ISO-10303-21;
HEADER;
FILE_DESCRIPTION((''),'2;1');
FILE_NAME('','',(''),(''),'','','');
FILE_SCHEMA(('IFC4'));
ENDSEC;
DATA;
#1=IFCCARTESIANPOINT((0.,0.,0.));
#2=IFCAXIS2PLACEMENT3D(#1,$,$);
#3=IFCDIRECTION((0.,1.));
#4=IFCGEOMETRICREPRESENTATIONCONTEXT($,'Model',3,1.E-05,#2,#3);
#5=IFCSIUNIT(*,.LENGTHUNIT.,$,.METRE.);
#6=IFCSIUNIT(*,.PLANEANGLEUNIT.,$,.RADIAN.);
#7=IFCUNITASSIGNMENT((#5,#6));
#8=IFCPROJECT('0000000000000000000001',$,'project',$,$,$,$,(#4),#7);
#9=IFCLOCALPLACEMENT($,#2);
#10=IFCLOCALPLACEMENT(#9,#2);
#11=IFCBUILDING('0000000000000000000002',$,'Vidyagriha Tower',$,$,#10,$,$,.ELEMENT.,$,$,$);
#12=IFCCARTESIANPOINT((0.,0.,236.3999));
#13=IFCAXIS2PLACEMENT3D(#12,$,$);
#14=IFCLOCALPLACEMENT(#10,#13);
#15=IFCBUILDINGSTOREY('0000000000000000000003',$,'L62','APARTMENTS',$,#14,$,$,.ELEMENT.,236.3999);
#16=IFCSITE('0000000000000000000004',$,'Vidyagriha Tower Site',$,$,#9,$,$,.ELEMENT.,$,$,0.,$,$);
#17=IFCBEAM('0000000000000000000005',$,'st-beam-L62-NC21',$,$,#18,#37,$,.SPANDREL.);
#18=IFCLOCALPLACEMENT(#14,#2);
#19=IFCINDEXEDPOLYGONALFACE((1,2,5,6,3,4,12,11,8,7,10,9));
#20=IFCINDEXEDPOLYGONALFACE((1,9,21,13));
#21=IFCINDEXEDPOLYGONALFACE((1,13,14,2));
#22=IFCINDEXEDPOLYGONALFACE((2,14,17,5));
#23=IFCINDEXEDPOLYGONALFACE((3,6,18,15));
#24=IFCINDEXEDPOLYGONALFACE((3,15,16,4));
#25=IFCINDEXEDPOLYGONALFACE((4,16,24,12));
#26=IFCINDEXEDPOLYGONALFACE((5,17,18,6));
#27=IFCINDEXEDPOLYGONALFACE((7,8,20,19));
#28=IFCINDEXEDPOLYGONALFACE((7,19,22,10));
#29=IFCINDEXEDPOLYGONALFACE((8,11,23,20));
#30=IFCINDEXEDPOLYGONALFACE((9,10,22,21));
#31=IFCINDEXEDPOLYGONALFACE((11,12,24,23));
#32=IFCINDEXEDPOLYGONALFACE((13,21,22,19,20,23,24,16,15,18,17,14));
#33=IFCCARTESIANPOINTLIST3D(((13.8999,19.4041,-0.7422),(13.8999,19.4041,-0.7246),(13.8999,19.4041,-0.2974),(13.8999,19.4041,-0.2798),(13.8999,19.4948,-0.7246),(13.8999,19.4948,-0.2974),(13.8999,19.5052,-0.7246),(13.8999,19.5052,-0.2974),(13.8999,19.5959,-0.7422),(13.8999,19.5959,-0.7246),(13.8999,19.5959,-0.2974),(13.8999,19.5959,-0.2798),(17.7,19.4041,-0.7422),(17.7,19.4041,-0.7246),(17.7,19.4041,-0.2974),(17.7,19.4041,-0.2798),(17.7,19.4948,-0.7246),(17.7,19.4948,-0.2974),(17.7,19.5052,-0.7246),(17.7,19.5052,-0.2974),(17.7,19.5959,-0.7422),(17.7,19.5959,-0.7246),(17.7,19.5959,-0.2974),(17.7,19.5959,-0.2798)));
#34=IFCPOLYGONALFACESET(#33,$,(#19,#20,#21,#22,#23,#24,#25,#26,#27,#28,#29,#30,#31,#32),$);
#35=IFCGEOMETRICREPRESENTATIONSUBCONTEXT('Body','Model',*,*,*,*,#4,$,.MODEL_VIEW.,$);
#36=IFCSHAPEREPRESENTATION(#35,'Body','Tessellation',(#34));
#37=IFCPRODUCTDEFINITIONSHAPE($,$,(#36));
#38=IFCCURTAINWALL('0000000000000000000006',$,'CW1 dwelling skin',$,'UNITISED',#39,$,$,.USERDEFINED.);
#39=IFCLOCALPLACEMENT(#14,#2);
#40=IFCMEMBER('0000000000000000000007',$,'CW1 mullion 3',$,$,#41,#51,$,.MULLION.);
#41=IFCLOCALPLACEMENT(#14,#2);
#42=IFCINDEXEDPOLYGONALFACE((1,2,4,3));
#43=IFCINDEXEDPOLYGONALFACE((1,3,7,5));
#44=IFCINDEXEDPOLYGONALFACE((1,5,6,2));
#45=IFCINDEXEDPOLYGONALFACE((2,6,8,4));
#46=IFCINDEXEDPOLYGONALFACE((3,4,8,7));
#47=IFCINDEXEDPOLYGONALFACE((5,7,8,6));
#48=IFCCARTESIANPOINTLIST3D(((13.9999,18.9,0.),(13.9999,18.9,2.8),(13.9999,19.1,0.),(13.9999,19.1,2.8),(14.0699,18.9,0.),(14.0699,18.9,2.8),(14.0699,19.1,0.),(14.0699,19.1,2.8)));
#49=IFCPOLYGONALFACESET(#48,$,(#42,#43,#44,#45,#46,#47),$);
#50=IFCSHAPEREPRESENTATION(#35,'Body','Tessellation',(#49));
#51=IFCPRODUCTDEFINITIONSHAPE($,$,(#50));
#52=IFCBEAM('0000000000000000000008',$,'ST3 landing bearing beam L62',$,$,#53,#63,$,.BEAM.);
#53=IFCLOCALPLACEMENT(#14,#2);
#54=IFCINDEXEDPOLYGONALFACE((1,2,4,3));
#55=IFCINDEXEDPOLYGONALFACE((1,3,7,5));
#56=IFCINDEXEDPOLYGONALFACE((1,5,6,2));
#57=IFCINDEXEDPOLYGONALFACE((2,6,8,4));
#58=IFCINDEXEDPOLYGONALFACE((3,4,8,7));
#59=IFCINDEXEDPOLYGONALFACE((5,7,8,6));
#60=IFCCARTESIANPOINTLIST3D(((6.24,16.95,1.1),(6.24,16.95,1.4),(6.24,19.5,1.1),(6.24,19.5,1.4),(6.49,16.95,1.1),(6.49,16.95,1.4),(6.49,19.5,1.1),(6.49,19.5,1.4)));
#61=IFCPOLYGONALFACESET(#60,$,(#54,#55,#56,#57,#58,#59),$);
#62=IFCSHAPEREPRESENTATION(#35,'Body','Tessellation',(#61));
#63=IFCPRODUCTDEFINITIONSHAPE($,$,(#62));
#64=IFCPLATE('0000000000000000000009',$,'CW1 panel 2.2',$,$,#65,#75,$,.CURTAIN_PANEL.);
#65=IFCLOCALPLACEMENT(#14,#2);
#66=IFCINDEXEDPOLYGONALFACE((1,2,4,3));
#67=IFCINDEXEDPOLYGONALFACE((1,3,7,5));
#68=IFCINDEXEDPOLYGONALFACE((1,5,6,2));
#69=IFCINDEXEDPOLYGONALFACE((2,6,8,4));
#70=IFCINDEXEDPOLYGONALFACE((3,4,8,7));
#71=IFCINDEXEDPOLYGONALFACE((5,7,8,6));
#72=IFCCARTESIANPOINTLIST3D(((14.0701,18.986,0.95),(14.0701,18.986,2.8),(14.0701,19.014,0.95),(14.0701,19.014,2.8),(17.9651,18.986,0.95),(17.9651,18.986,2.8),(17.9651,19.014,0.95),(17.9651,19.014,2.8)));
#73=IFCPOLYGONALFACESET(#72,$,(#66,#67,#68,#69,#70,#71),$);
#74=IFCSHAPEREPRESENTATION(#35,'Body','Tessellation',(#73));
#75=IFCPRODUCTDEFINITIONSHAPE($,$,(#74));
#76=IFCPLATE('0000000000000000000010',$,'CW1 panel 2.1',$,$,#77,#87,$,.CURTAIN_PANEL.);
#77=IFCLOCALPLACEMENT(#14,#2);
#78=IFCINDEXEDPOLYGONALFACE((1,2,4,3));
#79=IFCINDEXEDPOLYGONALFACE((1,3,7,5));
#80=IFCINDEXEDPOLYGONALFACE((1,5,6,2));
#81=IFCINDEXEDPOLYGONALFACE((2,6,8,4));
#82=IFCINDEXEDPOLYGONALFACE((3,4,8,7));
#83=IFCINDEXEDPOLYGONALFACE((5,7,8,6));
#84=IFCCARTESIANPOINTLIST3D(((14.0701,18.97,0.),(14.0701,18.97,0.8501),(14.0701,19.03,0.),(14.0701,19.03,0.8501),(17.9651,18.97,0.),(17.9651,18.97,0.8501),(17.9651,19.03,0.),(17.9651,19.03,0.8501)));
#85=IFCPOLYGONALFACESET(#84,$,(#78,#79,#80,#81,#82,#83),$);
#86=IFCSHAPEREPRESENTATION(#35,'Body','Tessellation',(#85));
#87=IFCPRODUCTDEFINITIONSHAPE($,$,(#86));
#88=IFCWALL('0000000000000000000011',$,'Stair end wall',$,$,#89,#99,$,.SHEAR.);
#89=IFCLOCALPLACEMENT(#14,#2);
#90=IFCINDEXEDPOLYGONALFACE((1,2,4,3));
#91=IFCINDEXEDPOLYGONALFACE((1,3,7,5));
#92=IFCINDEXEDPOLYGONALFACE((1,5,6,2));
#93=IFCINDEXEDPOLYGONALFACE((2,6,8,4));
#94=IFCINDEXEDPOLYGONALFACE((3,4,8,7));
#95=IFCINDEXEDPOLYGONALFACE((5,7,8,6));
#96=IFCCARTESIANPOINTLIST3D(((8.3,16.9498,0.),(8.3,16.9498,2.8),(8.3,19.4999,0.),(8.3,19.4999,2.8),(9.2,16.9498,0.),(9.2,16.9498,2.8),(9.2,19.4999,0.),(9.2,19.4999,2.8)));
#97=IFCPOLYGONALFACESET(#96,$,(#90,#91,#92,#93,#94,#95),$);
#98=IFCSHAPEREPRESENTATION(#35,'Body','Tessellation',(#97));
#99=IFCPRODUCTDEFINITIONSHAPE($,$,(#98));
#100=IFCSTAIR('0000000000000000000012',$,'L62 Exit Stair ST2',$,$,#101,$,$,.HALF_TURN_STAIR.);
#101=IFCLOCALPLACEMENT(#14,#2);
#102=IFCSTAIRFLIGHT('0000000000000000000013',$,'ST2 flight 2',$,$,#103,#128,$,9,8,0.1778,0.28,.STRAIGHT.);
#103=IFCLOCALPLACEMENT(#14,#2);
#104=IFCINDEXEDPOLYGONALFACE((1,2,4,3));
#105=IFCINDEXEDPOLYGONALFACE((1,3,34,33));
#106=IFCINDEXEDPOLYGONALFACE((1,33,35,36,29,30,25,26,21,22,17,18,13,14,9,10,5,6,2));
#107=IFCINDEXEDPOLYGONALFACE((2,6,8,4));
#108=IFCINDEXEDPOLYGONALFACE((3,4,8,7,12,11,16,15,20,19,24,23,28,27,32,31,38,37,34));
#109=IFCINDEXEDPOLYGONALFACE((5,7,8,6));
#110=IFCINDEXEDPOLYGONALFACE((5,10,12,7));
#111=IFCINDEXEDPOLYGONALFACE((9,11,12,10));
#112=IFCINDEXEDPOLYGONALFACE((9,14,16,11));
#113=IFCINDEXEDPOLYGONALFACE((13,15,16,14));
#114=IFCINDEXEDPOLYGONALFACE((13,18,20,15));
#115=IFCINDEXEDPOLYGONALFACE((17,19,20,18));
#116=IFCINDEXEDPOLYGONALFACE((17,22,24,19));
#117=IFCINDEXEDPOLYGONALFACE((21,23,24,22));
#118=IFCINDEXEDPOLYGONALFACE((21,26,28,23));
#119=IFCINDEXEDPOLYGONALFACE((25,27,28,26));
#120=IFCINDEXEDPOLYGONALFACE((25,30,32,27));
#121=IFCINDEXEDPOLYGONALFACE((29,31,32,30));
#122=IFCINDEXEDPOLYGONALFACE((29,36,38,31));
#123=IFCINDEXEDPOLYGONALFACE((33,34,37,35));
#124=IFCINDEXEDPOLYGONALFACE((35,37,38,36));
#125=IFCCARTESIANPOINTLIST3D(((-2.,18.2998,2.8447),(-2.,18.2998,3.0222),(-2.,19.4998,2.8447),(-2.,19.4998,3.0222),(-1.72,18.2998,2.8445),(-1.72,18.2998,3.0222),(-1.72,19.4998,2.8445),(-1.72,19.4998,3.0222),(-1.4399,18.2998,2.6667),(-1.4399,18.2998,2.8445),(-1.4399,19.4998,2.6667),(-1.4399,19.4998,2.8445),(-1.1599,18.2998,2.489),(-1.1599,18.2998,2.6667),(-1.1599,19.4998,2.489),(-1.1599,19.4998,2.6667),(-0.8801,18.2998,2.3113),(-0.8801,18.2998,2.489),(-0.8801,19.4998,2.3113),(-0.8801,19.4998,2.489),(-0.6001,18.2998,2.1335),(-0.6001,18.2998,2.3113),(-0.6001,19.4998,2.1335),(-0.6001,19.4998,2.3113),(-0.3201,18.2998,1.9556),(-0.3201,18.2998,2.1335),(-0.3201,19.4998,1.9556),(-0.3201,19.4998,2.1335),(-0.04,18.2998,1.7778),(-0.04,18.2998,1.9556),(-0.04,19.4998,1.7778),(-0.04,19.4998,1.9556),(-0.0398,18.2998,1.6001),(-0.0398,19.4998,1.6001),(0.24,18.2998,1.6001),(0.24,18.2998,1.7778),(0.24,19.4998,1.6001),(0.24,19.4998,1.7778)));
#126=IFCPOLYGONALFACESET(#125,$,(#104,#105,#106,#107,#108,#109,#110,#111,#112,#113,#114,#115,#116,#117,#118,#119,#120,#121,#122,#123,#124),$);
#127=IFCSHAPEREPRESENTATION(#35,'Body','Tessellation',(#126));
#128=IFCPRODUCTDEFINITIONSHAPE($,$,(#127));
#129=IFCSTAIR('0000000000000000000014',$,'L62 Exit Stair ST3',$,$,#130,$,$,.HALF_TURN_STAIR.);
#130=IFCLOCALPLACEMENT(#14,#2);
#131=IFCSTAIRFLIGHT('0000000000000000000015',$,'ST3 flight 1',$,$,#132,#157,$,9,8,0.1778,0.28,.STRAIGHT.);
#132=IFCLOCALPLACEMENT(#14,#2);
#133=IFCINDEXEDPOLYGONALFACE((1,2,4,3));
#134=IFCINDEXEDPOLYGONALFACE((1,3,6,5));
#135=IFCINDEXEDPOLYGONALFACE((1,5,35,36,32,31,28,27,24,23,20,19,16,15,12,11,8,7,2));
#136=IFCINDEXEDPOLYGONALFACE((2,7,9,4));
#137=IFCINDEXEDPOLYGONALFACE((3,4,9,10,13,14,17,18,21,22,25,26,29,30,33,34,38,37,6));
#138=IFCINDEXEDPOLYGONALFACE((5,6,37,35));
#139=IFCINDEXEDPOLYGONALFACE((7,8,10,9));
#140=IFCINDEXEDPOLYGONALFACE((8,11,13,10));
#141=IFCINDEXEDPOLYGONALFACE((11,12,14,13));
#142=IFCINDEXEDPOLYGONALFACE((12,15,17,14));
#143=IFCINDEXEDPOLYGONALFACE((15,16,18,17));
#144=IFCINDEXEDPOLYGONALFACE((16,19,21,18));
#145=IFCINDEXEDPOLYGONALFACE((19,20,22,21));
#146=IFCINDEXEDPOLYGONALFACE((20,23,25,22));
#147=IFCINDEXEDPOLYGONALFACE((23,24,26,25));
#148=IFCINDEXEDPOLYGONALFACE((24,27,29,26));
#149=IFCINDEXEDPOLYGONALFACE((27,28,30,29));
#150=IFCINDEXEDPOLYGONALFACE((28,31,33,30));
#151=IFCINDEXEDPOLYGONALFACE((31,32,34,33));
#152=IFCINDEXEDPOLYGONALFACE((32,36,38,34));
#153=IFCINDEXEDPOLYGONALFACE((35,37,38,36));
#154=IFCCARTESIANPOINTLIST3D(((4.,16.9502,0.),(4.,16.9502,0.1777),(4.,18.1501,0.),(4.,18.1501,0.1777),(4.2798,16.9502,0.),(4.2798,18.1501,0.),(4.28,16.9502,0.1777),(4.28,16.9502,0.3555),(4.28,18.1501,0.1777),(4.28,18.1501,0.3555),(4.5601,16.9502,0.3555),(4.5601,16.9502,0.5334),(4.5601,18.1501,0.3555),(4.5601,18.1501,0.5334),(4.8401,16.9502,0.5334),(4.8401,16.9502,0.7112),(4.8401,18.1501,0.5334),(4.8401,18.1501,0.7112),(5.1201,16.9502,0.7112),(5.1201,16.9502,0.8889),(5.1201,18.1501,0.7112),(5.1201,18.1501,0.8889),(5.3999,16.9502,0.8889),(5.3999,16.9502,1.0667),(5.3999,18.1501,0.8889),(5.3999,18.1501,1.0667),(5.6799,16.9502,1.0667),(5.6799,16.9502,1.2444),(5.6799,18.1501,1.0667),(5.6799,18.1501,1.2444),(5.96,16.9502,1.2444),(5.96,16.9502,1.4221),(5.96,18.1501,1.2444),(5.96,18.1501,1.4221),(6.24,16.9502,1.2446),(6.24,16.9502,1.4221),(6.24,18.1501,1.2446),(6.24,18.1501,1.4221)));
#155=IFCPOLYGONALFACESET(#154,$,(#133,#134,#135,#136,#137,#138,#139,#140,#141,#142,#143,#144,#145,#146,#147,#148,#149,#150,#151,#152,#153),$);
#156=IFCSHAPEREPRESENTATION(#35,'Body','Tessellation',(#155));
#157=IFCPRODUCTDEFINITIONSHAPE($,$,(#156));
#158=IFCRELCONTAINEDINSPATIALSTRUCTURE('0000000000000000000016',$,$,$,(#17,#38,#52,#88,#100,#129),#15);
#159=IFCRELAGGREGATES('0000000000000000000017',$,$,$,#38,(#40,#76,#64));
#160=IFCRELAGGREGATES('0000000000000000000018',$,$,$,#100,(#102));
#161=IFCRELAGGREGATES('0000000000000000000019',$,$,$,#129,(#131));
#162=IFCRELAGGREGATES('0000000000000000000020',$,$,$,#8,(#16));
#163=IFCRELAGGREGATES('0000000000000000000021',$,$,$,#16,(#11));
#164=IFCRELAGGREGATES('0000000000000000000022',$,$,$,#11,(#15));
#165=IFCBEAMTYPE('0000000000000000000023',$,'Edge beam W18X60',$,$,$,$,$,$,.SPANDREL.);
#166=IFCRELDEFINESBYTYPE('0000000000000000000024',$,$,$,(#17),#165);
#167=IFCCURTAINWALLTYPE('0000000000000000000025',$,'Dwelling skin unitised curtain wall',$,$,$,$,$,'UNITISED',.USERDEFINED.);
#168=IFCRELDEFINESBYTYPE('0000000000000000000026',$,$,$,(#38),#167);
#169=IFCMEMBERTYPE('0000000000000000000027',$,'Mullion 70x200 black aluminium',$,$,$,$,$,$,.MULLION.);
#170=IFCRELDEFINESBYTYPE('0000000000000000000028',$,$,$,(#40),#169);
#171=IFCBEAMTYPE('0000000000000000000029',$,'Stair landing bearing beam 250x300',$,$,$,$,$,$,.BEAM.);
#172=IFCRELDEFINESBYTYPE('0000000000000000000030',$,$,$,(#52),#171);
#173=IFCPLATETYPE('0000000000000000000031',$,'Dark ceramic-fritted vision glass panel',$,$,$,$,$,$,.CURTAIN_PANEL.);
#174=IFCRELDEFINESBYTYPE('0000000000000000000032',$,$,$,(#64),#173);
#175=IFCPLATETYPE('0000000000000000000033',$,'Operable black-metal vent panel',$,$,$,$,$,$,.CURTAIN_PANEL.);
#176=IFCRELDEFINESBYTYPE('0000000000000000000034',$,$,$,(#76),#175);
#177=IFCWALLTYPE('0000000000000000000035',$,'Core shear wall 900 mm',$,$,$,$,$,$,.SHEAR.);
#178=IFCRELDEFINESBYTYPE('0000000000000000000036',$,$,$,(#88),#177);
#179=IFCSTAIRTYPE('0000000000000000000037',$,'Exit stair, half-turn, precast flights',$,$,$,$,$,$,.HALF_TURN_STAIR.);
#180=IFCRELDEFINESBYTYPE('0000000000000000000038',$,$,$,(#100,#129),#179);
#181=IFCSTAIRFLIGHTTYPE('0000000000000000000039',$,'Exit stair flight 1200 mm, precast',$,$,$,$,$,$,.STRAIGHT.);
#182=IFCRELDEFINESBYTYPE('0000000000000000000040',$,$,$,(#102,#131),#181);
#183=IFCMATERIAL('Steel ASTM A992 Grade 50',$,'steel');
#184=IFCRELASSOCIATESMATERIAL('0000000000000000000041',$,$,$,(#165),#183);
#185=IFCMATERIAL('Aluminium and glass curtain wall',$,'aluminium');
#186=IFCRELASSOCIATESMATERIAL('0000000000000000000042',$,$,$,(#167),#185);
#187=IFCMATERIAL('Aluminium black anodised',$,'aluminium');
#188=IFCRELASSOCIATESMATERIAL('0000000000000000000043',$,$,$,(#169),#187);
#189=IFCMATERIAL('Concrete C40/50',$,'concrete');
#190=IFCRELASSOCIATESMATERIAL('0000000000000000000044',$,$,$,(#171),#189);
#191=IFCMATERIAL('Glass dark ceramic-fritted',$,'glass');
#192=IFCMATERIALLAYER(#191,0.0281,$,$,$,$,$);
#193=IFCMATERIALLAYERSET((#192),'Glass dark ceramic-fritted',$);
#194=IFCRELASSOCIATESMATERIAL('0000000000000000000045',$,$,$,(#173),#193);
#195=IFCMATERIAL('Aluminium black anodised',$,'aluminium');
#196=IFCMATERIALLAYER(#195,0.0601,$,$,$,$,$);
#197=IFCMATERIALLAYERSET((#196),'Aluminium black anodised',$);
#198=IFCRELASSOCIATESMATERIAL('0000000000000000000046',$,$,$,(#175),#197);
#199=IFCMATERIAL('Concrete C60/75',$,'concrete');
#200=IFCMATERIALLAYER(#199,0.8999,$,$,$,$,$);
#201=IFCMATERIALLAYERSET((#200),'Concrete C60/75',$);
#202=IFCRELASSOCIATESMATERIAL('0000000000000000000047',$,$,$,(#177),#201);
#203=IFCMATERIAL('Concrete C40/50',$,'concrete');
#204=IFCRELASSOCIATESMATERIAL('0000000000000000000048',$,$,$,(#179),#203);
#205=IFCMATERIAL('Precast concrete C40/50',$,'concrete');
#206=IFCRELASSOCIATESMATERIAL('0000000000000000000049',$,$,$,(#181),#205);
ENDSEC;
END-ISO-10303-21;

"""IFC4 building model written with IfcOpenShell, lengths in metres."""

from ifc_helpers import new_model, si_unit, direction, frame, frame_2d, origin, origin_2d, place, context, subcontext, project, spatial, polyline, rectangle, i_section, outline, extrude, material, layer, layer_set, material_profile, profile_set, type_object, element, aggregate, save


model = new_model("IFC4")

# Units and contexts
model_context = context("Model", 3, precision=1e-05, world=origin(), true_north=direction((0.0, 1.0)))
body_context = subcontext(model_context, "Body", "Model", "MODEL_VIEW")
ifc_project = project(units=[si_unit("LENGTHUNIT", "METRE"), si_unit("PLANEANGLEUNIT", "RADIAN")], contexts=[model_context])

# Site, building, storey
site_placement = place(None, origin())
site = spatial("IfcSite", under=ifc_project, at=site_placement, Name="Vidyagriha Tower Site", CompositionType="ELEMENT", RefElevation=0.0)
building_placement = place(site_placement, origin())
building = spatial("IfcBuilding", under=site, at=building_placement, Name="Vidyagriha Tower", CompositionType="ELEMENT")
storey_placement = place(building_placement, frame((0.0, 0.0, 236.3999)))
storey = spatial("IfcBuildingStorey", under=building, at=storey_placement, Name="L62", Description="APARTMENTS", CompositionType="ELEMENT", Elevation=236.3999)

# Beam
ifc_material_1 = material(Name="Steel ASTM A992 Grade 50", Category="steel")
ifc_material_profile_1 = material_profile(ifc_material_1, i_section(OverallWidth=0.1919, OverallDepth=0.4624, WebThickness=0.0105, FlangeThickness=0.0176, at=origin_2d()), Name="W18X60")
ifc_profile_set_1 = profile_set([ifc_material_profile_1], Name="Steel ASTM A992 Grade 50")
beam_type_1 = type_object("IfcBeamType", Name="Edge beam W18X60", PredefinedType="SPANDREL", material=ifc_profile_set_1)
beam_1_placement = place(storey_placement, frame((13.8999, 19.5, -0.511), z_axis=(1.0, 0.0, 0.0), x_axis=(0.0, 1.0, 0.0)))
element("IfcBeam", 1, at=beam_1_placement, inside=storey, type_object=beam_type_1, Name="st-beam-L62-NC21", PredefinedType="SPANDREL", context=body_context, shape_type="SweptSolid", body=[
    extrude(i_section(OverallWidth=0.1919, OverallDepth=0.4624, WebThickness=0.0105, FlangeThickness=0.0176, at=origin_2d()), origin(), (0.0, 0.0, 1.0), 3.8),
])

# Curtain wall, member
ifc_material_2 = material(Name="Aluminium and glass curtain wall", Category="aluminium")
curtain_wall_type = type_object("IfcCurtainWallType", Name="Dwelling skin unitised curtain wall", ElementType="UNITISED", PredefinedType="USERDEFINED", material=ifc_material_2)
curtain_wall_placement = place(storey_placement, origin())
curtain_wall = element("IfcCurtainWall", 2, at=curtain_wall_placement, inside=storey, type_object=curtain_wall_type, Name="CW1 dwelling skin", ObjectType="UNITISED", PredefinedType="USERDEFINED")
ifc_material_3 = material(Name="Aluminium black anodised", Category="aluminium")
ifc_material_profile_2 = material_profile(ifc_material_3, rectangle(XDim=0.2, YDim=0.0701, at=origin_2d()), Name="Mullion 70x200 black aluminium")
ifc_profile_set_2 = profile_set([ifc_material_profile_2], Name="Aluminium black anodised")
member_type = type_object("IfcMemberType", Name="Mullion 70x200 black aluminium", PredefinedType="MULLION", material=ifc_profile_set_2)
member_placement = place(storey_placement, frame((14.0349, 19.0, 0.0), z_axis=(0.0, 0.0, 1.0), x_axis=(0.0, -1.0, 0.0)))
member = element("IfcMember", 3, at=member_placement, type_object=member_type, Name="CW1 mullion 3", PredefinedType="MULLION", context=body_context, shape_type="SweptSolid", body=[
    extrude(rectangle(XDim=0.2, YDim=0.0701, at=origin_2d()), origin(), (0.0, 0.0, 1.0), 2.8),
])

# Beam
ifc_material_4 = material(Name="Concrete C40/50", Category="concrete")
ifc_material_profile_3 = material_profile(ifc_material_4, rectangle(XDim=0.25, YDim=0.3, at=origin_2d()), Name="Stair landing bearing beam 250x300")
ifc_profile_set_3 = profile_set([ifc_material_profile_3], Name="Concrete C40/50")
beam_type_2 = type_object("IfcBeamType", Name="Stair landing bearing beam 250x300", PredefinedType="BEAM", material=ifc_profile_set_3)
beam_2_placement = place(storey_placement, frame((6.365, 16.95, 1.25), z_axis=(0.0, 1.0, 0.0), x_axis=(-1.0, 0.0, 0.0)))
element("IfcBeam", 4, at=beam_2_placement, inside=storey, type_object=beam_type_2, Name="ST3 landing bearing beam L62", PredefinedType="BEAM", context=body_context, shape_type="SweptSolid", body=[
    extrude(rectangle(XDim=0.25, YDim=0.3, at=origin_2d()), origin(), (0.0, 0.0, 1.0), 2.55),
])

# Plates
ifc_material_5 = material(Name="Glass dark ceramic-fritted", Category="glass")
ifc_layer_1 = layer(ifc_material_5, 0.0281)
ifc_layer_set_1 = layer_set([ifc_layer_1], Name="Glass dark ceramic-fritted")
plate_type_1 = type_object("IfcPlateType", Name="Dark ceramic-fritted vision glass panel", PredefinedType="CURTAIN_PANEL", material=ifc_layer_set_1)
plate_1_placement = place(storey_placement, frame((16.0176, 19.0, 0.95), z_axis=(0.0, 0.0, 1.0), x_axis=(-1.0, 0.0, 0.0)))
plate_1 = element("IfcPlate", 5, at=plate_1_placement, type_object=plate_type_1, Name="CW1 panel 2.2", PredefinedType="CURTAIN_PANEL", context=body_context, shape_type="SweptSolid", body=[
    extrude(rectangle(XDim=3.895, YDim=0.0281, at=origin_2d()), origin(), (0.0, 0.0, 1.0), 1.8501),
])
ifc_material_6 = material(Name="Aluminium black anodised", Category="aluminium")
ifc_layer_2 = layer(ifc_material_6, 0.0601)
ifc_layer_set_2 = layer_set([ifc_layer_2], Name="Aluminium black anodised")
plate_type_2 = type_object("IfcPlateType", Name="Operable black-metal vent panel", PredefinedType="CURTAIN_PANEL", material=ifc_layer_set_2)
plate_2_placement = place(storey_placement, frame((16.0176, 19.0, 0.0), z_axis=(0.0, 0.0, 1.0), x_axis=(-1.0, 0.0, 0.0)))
plate_2 = element("IfcPlate", 6, at=plate_2_placement, type_object=plate_type_2, Name="CW1 panel 2.1", PredefinedType="CURTAIN_PANEL", context=body_context, shape_type="SweptSolid", body=[
    extrude(rectangle(XDim=3.895, YDim=0.0601, at=origin_2d()), origin(), (0.0, 0.0, 1.0), 0.8501),
])
aggregate(curtain_wall, [member, plate_2, plate_1])

# Wall
ifc_material_7 = material(Name="Concrete C60/75", Category="concrete")
ifc_layer_3 = layer(ifc_material_7, 0.8999)
ifc_layer_set_3 = layer_set([ifc_layer_3], Name="Concrete C60/75")
wall_type = type_object("IfcWallType", Name="Core shear wall 900 mm", PredefinedType="SHEAR", material=ifc_layer_set_3)
wall_placement = place(storey_placement, frame((8.75, 16.95, 0.0), z_axis=(0.0, 0.0, 1.0), x_axis=(0.0, 1.0, 0.0)))
element("IfcWall", 7, at=wall_placement, inside=storey, type_object=wall_type, Name="Stair end wall", PredefinedType="SHEAR", context=body_context, shape_type="SweptSolid", body=[
    extrude(rectangle(XDim=2.55, YDim=0.8999, at=frame_2d((1.2749, 0.0))), origin(), (0.0, 0.0, 1.0), 2.8),
])

# Stair, stair flight
ifc_material_8 = material(Name="Concrete C40/50", Category="concrete")
stair_type = type_object("IfcStairType", Name="Exit stair, half-turn, precast flights", PredefinedType="HALF_TURN_STAIR", material=ifc_material_8)
stair_1_placement = place(storey_placement, origin())
stair_1 = element("IfcStair", 8, at=stair_1_placement, inside=storey, type_object=stair_type, Name="L62 Exit Stair ST2", PredefinedType="HALF_TURN_STAIR")
ifc_material_9 = material(Name="Precast concrete C40/50", Category="concrete")
stair_flight_type = type_object("IfcStairFlightType", Name="Exit stair flight 1200 mm, precast", PredefinedType="STRAIGHT", material=ifc_material_9)
stair_flight_1_placement = place(storey_placement, frame((0.24, 18.8999, 1.6001), z_axis=(0.0, 0.0, 1.0), x_axis=(-1.0, 0.0, 0.0)))
stair_flight_1 = element("IfcStairFlight", 9, at=stair_flight_1_placement, type_object=stair_flight_type, Name="ST2 flight 2", NumberOfRisers=9, NumberOfTreads=8, PredefinedType="STRAIGHT", RiserHeight=0.1778, TreadLength=0.28, context=body_context, shape_type="SweptSolid", body=[
    extrude(outline(polyline([(0.0, 0.0), (0.0, 0.1777), (0.28, 0.1777), (0.28, 0.3555), (0.5601, 0.3555), (0.5601, 0.5334), (0.8401, 0.5334), (0.8401, 0.7112), (1.1201, 0.7112), (1.1201, 0.8889), (1.3999, 0.8889), (1.3999, 1.0667), (1.6799, 1.0667), (1.6799, 1.2444), (1.96, 1.2444), (1.96, 1.4221), (2.24, 1.4221), (2.24, 1.6001), (2.24, 1.2446), (0.2798, 0.0), (0.0, 0.0)])), frame((0.0, 0.6001, 0.0), z_axis=(0.0, -1.0, 0.0), x_axis=(1.0, 0.0, 0.0)), (0.0, 0.0, 1.0), 1.2),
])
aggregate(stair_1, [stair_flight_1])

# Stair, stair flight
stair_2_placement = place(storey_placement, origin())
stair_2 = element("IfcStair", 10, at=stair_2_placement, inside=storey, type_object=stair_type, Name="L62 Exit Stair ST3", PredefinedType="HALF_TURN_STAIR")
stair_flight_2_placement = place(storey_placement, frame((4.0, 17.55, 0.0)))
stair_flight_2 = element("IfcStairFlight", 11, at=stair_flight_2_placement, type_object=stair_flight_type, Name="ST3 flight 1", NumberOfRisers=9, NumberOfTreads=8, PredefinedType="STRAIGHT", RiserHeight=0.1778, TreadLength=0.28, context=body_context, shape_type="SweptSolid", body=[
    extrude(outline(polyline([(0.0, 0.0), (0.0, 0.1777), (0.28, 0.1777), (0.28, 0.3555), (0.5601, 0.3555), (0.5601, 0.5334), (0.8401, 0.5334), (0.8401, 0.7112), (1.1201, 0.7112), (1.1201, 0.8889), (1.3999, 0.8889), (1.3999, 1.0667), (1.6799, 1.0667), (1.6799, 1.2444), (1.96, 1.2444), (1.96, 1.4221), (2.24, 1.4221), (2.24, 1.6001), (2.24, 1.2446), (0.2798, 0.0), (0.0, 0.0)])), frame((0.0, 0.6001, 0.0), z_axis=(0.0, -1.0, 0.0), x_axis=(1.0, 0.0, 0.0)), (0.0, 0.0, 1.0), 1.2),
])
aggregate(stair_2, [stair_flight_2])

save(model, "model.ifc")
